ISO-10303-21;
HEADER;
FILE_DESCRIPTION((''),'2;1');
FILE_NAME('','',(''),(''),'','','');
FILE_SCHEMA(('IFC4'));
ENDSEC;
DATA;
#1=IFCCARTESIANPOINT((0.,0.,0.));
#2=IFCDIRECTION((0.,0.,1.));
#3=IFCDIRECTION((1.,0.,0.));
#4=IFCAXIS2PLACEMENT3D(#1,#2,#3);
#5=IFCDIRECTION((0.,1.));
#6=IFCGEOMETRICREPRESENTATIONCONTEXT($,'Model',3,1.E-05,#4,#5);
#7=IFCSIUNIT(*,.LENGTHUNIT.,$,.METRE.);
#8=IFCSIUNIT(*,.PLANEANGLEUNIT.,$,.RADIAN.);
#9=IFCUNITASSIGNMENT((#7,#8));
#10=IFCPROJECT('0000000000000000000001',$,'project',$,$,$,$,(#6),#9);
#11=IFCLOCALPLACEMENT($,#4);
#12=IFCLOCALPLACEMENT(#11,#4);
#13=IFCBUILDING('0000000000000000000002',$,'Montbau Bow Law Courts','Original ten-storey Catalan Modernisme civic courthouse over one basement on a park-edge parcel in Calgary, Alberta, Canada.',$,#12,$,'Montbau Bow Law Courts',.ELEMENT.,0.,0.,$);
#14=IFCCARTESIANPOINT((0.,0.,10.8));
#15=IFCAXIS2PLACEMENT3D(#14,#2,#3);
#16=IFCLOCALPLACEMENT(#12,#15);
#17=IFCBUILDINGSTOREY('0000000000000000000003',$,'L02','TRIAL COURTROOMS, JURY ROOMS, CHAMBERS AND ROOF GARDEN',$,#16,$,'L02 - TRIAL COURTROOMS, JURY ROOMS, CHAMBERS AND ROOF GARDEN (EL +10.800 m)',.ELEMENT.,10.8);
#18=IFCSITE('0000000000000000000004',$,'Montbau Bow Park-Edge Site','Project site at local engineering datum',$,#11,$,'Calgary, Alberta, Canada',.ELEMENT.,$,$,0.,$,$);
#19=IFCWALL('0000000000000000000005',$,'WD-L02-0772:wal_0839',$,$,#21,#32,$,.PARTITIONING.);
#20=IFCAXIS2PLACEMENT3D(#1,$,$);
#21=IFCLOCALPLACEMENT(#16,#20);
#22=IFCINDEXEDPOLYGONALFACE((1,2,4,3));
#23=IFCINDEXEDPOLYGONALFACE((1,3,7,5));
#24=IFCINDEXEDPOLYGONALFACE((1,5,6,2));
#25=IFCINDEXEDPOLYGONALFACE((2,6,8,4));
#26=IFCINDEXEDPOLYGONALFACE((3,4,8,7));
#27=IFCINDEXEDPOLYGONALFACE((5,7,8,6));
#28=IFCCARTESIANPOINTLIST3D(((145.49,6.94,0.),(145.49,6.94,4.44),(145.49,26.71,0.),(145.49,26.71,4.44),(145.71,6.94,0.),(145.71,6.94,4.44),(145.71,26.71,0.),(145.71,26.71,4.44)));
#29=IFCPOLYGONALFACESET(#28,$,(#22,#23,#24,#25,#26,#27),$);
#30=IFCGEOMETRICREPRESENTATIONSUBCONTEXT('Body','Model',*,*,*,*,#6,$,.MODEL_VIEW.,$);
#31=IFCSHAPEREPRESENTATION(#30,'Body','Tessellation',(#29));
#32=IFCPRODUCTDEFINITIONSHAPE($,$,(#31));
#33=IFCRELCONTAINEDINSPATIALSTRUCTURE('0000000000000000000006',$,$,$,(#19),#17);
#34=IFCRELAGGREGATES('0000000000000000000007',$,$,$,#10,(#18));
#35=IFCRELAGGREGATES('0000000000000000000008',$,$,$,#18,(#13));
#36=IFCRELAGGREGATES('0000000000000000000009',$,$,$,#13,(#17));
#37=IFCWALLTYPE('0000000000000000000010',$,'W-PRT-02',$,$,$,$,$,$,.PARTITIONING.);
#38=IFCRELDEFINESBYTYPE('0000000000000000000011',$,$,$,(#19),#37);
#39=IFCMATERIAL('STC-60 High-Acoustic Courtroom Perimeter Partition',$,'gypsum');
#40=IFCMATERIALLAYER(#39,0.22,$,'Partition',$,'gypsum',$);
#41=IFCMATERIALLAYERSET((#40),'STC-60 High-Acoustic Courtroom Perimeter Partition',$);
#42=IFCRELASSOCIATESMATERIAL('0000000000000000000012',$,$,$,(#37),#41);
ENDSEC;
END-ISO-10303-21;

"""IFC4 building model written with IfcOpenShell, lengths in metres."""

from ifc_helpers import new_model, si_unit, direction, frame, frame_2d, origin_with_axes, place, context, subcontext, project, spatial, rectangle, extrude, material, layer, layer_set, type_object, element, save


model = new_model("IFC4")

# Units and contexts
model_context = context("Model", 3, precision=1e-05, world=origin_with_axes(), true_north=direction((0.0, 1.0)))
body_context = subcontext(model_context, "Body", "Model", "MODEL_VIEW")
ifc_project = project(units=[si_unit("LENGTHUNIT", "METRE"), si_unit("PLANEANGLEUNIT", "RADIAN")], contexts=[model_context])

# Site, building, storey
site_placement = place(None, origin_with_axes())
site = spatial("IfcSite", under=ifc_project, at=site_placement, Name="Montbau Bow Park-Edge Site", Description="Project site at local engineering datum", LongName="Calgary, Alberta, Canada", CompositionType="ELEMENT", RefElevation=0.0)
building_placement = place(site_placement, origin_with_axes())
building = spatial("IfcBuilding", under=site, at=building_placement, Name="Montbau Bow Law Courts", Description="Original ten-storey Catalan Modernisme civic courthouse over one basement on a park-edge parcel in Calgary, Alberta, Canada.", LongName="Montbau Bow Law Courts", CompositionType="ELEMENT", ElevationOfRefHeight=0.0, ElevationOfTerrain=0.0)
storey_placement = place(building_placement, frame((0.0, 0.0, 10.8), z_axis=(0.0, 0.0, 1.0), x_axis=(1.0, 0.0, 0.0)))
storey = spatial("IfcBuildingStorey", under=building, at=storey_placement, Name="L02", Description="TRIAL COURTROOMS, JURY ROOMS, CHAMBERS AND ROOF GARDEN", LongName="L02 - TRIAL COURTROOMS, JURY ROOMS, CHAMBERS AND ROOF GARDEN (EL +10.800 m)", CompositionType="ELEMENT", Elevation=10.8)

# Wall
ifc_material_1 = material(Name="STC-60 High-Acoustic Courtroom Perimeter Partition", Category="gypsum")
ifc_layer_1 = layer(ifc_material_1, 0.22, Name="Partition", Category="gypsum")
ifc_layer_set_1 = layer_set([ifc_layer_1], Name="STC-60 High-Acoustic Courtroom Perimeter Partition")
wall_type_1 = type_object("IfcWallType", Name="W-PRT-02", PredefinedType="PARTITIONING", material=ifc_layer_set_1)
wall_1_placement = place(None, frame((145.6, 6.94, 10.8), z_axis=(0.0, 0.0, 1.0), x_axis=(0.0, 1.0, 0.0)))
element("IfcWall", 1, at=wall_1_placement, inside=storey, type_object=wall_type_1, Name="WD-L02-0772:wal_0839", PredefinedType="PARTITIONING", context=body_context, shape_type="SweptSolid", body=[
    extrude(rectangle(XDim=19.77, YDim=0.22, at=frame_2d((9.885, 0.0), x_axis=(1.0, 0.0))), origin_with_axes(), (0.0, 0.0, 1.0), 4.44),
])

save(model, "model.ifc")
